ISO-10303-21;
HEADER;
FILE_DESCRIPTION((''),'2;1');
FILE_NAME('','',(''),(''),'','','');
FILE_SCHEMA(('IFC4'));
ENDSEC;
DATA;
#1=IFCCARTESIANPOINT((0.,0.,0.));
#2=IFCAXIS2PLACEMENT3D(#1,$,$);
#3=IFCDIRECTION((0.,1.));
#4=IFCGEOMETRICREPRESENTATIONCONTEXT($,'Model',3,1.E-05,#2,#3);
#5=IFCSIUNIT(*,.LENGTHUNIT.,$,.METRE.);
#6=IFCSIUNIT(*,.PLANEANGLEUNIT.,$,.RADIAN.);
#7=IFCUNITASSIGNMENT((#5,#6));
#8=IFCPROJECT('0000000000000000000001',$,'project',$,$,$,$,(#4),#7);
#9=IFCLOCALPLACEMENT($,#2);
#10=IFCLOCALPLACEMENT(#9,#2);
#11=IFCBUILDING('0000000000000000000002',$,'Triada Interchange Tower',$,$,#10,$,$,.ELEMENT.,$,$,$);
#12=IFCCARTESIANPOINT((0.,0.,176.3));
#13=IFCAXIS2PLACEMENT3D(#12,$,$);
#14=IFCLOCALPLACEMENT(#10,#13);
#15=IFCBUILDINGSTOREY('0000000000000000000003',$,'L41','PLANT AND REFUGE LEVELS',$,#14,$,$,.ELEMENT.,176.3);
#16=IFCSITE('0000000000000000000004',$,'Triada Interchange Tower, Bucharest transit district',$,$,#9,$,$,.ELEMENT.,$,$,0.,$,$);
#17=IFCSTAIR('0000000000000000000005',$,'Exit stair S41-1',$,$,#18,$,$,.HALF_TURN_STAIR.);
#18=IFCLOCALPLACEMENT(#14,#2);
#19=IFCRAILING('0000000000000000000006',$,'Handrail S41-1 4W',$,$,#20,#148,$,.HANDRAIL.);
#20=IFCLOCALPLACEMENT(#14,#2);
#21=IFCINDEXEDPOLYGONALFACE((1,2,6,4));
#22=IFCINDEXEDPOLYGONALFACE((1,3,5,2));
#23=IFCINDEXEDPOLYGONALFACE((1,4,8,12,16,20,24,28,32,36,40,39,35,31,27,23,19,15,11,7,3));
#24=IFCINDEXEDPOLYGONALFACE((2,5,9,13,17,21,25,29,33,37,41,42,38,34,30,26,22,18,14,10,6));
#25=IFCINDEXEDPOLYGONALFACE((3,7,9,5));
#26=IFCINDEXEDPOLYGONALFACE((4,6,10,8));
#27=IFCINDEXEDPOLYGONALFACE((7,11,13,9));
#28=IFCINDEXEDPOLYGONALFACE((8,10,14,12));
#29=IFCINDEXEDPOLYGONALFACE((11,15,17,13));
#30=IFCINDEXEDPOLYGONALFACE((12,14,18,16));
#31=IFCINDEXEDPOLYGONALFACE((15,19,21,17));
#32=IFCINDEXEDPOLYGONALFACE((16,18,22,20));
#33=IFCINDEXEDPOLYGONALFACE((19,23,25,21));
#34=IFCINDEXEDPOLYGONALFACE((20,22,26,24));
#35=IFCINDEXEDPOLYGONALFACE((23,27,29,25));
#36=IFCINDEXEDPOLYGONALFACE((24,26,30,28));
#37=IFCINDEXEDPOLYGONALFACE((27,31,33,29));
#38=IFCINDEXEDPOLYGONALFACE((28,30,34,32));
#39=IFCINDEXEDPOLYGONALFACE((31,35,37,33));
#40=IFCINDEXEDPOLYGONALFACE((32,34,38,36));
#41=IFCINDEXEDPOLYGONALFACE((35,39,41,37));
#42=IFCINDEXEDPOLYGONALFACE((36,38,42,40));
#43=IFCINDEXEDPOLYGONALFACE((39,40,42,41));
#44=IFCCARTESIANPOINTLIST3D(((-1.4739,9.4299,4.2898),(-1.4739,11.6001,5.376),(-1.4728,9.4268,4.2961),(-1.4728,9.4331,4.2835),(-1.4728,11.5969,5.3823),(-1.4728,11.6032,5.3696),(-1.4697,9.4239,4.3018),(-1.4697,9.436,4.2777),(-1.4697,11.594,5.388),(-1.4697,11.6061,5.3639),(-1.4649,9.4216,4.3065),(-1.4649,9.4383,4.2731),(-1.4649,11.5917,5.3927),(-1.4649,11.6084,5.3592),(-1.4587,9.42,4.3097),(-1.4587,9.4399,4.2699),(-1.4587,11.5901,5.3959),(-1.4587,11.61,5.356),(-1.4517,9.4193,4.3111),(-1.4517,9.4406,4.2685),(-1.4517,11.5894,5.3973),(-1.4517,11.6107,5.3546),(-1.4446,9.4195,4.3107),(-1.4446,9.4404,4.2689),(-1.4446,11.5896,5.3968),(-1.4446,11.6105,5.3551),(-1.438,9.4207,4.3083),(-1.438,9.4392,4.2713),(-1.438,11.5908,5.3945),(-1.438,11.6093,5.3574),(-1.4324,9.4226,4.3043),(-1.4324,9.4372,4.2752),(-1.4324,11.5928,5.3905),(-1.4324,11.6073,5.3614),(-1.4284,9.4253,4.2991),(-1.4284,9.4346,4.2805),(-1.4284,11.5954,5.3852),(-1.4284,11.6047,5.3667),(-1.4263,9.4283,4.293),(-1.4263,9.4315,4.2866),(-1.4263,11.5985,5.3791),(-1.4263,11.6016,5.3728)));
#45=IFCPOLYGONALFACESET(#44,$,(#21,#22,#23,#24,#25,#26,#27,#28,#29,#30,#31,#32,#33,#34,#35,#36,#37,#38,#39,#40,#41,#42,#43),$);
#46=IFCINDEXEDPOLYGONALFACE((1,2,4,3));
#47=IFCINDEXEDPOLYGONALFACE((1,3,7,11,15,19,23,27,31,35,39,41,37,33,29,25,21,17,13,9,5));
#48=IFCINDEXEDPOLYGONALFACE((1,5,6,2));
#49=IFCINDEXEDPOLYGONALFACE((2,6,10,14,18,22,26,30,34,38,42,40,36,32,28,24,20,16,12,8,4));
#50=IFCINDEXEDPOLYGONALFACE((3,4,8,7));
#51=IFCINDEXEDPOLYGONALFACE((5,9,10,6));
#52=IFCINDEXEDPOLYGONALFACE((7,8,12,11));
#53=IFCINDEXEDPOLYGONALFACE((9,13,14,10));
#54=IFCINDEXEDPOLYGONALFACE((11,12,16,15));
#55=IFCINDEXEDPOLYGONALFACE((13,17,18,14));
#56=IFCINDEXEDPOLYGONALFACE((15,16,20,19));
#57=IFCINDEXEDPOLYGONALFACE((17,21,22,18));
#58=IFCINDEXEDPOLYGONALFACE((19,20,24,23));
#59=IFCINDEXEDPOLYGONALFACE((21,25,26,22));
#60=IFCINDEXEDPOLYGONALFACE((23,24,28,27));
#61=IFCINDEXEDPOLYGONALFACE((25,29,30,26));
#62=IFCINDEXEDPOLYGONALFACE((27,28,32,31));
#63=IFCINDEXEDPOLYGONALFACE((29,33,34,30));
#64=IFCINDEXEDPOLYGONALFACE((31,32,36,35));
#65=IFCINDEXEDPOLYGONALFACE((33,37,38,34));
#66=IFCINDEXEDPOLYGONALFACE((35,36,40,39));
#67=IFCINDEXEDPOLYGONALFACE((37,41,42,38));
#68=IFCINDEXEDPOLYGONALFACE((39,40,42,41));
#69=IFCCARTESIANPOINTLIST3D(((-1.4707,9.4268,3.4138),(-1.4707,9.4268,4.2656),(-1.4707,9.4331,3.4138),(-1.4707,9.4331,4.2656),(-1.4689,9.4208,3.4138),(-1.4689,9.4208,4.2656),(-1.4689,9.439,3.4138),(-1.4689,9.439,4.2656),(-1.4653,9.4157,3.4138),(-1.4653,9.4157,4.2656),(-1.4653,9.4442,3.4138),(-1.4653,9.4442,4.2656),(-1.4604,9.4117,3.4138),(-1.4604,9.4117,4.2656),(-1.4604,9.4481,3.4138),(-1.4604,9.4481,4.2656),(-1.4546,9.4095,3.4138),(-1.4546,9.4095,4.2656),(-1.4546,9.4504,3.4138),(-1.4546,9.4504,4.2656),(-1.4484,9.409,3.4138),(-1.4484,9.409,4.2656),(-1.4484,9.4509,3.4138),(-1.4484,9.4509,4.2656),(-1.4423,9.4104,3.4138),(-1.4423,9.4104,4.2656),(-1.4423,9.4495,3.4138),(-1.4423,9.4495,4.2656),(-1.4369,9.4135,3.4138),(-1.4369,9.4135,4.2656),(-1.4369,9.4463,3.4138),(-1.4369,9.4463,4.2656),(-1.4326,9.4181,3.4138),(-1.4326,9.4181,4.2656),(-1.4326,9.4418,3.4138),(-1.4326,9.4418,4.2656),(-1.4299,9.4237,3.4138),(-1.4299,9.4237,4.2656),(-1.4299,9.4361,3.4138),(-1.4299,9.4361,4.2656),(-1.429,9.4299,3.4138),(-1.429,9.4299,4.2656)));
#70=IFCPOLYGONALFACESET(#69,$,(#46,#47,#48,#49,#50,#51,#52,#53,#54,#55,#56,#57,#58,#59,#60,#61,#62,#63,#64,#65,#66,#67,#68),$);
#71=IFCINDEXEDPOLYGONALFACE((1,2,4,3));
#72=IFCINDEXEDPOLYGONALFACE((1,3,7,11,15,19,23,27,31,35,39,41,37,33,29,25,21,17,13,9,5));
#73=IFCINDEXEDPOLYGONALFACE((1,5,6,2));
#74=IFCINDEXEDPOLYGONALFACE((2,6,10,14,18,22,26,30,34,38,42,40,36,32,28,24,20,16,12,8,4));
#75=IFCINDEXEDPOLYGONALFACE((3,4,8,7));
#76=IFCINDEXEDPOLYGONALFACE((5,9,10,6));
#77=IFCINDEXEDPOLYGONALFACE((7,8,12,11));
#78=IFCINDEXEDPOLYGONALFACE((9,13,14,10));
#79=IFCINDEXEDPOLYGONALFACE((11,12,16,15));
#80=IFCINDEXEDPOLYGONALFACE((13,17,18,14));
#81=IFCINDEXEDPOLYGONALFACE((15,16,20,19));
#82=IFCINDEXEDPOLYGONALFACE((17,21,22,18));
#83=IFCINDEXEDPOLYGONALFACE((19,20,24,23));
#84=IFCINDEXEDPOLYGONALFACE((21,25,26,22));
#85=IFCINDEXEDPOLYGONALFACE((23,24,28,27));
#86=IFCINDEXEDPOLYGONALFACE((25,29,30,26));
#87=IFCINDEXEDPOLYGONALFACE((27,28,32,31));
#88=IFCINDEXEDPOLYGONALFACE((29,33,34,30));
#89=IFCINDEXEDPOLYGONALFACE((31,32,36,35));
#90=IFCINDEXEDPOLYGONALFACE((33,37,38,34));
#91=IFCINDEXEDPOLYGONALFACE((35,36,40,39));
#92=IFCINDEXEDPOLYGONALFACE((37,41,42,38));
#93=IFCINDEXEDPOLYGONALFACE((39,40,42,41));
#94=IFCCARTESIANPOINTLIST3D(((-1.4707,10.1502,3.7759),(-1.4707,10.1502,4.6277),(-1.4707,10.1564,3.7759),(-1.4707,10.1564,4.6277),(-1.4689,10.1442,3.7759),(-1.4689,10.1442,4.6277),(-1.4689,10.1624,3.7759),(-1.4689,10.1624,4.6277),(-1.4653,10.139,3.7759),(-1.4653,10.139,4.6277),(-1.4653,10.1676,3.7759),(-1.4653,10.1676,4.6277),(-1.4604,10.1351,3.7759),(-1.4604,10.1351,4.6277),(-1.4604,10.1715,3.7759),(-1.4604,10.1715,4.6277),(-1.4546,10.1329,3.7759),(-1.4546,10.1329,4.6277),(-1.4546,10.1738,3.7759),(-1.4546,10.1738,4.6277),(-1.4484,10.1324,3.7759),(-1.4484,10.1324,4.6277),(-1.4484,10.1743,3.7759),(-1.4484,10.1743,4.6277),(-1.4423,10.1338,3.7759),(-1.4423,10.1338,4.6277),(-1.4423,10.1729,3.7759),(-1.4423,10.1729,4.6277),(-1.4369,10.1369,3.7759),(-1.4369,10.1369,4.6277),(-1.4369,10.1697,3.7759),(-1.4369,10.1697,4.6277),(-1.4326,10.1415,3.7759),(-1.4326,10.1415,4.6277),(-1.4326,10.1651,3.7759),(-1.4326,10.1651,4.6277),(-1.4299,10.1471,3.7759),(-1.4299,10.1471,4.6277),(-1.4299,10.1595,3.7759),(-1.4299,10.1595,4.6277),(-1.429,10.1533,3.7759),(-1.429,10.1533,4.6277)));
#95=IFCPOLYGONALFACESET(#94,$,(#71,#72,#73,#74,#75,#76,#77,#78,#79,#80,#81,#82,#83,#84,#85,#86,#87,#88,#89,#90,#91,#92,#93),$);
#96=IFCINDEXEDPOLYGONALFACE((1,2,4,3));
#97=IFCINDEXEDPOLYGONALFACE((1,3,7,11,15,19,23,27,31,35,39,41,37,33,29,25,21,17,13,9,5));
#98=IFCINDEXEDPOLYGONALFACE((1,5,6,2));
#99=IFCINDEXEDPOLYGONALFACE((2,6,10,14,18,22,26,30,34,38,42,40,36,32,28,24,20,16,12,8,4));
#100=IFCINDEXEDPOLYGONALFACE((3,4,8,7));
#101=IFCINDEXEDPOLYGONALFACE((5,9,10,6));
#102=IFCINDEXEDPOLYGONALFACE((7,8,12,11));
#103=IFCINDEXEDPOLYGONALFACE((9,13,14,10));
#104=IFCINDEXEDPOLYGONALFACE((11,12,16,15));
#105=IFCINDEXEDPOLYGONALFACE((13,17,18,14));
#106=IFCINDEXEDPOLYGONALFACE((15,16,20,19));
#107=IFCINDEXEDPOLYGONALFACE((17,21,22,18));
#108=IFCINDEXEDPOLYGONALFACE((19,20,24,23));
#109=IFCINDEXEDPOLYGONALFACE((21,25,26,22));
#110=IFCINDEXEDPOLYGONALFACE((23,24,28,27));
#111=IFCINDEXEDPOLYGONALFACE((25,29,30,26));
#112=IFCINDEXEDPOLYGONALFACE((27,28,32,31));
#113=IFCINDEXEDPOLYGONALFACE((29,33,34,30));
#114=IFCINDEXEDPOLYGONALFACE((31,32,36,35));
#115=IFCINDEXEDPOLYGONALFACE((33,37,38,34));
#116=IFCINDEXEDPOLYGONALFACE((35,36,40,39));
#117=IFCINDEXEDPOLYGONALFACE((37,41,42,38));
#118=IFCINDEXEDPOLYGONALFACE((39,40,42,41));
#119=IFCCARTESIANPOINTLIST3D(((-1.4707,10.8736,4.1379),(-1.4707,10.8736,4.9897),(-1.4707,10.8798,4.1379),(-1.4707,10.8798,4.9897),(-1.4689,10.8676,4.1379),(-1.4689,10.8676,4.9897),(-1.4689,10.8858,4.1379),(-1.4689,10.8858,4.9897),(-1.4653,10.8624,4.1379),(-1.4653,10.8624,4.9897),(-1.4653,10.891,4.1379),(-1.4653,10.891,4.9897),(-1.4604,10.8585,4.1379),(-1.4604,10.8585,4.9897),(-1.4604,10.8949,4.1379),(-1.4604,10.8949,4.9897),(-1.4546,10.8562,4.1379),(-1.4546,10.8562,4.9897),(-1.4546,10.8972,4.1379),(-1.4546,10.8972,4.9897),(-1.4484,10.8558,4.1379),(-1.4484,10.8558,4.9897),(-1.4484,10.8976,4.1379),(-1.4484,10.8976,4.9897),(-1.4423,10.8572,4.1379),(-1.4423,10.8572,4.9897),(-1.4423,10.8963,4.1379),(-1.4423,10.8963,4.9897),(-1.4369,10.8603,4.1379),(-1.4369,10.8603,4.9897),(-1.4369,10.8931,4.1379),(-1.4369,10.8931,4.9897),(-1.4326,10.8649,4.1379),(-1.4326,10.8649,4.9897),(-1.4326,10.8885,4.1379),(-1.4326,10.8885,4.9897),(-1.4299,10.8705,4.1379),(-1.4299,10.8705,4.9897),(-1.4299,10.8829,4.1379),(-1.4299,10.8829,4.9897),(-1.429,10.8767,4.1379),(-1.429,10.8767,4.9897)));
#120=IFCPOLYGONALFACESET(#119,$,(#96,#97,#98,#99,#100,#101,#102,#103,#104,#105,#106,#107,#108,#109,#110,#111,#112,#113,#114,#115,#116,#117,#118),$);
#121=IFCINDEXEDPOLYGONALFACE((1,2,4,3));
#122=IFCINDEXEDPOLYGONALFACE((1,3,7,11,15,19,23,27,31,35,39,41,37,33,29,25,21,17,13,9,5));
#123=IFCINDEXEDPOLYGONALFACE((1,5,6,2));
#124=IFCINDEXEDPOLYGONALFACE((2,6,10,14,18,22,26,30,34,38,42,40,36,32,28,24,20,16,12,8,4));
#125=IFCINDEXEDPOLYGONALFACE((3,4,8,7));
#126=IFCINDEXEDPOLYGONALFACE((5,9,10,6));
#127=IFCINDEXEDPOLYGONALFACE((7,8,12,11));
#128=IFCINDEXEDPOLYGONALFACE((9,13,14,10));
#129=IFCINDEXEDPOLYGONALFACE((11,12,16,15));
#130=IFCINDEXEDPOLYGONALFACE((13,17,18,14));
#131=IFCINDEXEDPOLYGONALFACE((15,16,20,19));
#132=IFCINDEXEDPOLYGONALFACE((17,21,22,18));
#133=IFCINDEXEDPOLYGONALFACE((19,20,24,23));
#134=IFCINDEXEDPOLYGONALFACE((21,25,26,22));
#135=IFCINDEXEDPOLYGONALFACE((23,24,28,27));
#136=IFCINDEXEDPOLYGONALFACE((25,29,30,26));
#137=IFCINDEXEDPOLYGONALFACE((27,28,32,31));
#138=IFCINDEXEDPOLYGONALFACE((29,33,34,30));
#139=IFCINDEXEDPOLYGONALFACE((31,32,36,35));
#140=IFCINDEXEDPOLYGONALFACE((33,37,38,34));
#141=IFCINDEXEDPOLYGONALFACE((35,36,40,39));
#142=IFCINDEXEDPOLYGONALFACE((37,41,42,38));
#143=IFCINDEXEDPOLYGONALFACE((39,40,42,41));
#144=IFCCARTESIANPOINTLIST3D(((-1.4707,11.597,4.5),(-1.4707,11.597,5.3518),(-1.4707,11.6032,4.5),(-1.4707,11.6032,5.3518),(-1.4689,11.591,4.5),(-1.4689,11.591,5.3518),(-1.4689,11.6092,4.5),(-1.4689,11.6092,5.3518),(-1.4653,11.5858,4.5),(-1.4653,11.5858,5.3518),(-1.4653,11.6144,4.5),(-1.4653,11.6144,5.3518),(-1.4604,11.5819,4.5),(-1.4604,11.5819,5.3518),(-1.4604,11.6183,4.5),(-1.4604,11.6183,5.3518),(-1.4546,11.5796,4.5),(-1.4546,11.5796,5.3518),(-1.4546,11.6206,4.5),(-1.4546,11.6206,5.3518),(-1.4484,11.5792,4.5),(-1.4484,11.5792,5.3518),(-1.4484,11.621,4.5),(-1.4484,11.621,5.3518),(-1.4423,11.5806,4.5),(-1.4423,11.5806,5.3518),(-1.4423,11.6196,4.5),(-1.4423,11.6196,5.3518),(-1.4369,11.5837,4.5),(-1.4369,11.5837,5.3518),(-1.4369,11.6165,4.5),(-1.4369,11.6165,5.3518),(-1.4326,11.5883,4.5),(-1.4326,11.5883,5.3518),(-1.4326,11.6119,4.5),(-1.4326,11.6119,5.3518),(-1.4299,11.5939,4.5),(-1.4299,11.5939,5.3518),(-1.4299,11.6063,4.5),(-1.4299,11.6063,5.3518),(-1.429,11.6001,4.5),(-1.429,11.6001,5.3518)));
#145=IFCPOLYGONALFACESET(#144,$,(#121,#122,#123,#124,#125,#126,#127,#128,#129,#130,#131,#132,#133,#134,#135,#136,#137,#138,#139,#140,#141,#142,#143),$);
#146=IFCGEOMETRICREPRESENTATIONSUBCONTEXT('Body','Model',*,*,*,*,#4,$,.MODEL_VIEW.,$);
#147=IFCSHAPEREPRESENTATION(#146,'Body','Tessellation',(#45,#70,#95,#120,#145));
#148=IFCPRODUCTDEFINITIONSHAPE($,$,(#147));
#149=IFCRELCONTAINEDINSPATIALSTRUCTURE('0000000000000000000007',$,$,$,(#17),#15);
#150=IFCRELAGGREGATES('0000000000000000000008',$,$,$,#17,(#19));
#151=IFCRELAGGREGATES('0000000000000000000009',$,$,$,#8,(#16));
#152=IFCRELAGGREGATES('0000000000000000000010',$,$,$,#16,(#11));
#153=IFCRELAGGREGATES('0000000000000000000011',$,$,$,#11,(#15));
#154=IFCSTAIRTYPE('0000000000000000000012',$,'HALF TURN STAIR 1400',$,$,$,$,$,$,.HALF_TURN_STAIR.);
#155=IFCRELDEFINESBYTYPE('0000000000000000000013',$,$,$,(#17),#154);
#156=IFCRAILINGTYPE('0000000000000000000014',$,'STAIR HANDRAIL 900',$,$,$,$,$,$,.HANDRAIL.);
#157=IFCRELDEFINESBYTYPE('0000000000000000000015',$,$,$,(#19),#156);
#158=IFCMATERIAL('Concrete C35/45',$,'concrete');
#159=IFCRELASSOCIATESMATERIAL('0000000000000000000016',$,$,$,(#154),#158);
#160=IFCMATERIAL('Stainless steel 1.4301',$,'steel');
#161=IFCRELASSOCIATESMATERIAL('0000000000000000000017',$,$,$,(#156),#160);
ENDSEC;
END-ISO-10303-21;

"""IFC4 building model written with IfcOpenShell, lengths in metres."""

from ifc_helpers import new_model, si_unit, direction, frame, origin, origin_2d, place, context, subcontext, project, spatial, circle, extrude, material, type_object, element, aggregate, save


model = new_model("IFC4")

# Units and contexts
model_context = context("Model", 3, precision=1e-05, world=origin(), true_north=direction((0.0, 1.0)))
body_context = subcontext(model_context, "Body", "Model", "MODEL_VIEW")
ifc_project = project(units=[si_unit("LENGTHUNIT", "METRE"), si_unit("PLANEANGLEUNIT", "RADIAN")], contexts=[model_context])

# Site, building, storey
site_placement = place(None, origin())
site = spatial("IfcSite", under=ifc_project, at=site_placement, Name="Triada Interchange Tower, Bucharest transit district", CompositionType="ELEMENT", RefElevation=0.0)
building_placement = place(site_placement, origin())
building = spatial("IfcBuilding", under=site, at=building_placement, Name="Triada Interchange Tower", CompositionType="ELEMENT")
storey_placement = place(building_placement, frame((0.0, 0.0, 176.3)))
storey = spatial("IfcBuildingStorey", under=building, at=storey_placement, Name="L41", Description="PLANT AND REFUGE LEVELS", CompositionType="ELEMENT", Elevation=176.3)

# Stair
ifc_material_1 = material(Name="Concrete C35/45", Category="concrete")
stair_type = type_object("IfcStairType", Name="HALF TURN STAIR 1400", PredefinedType="HALF_TURN_STAIR", material=ifc_material_1)
stair_placement = place(storey_placement, origin())
stair = element("IfcStair", 1, at=stair_placement, inside=storey, type_object=stair_type, Name="Exit stair S41-1", PredefinedType="HALF_TURN_STAIR")

# Railing
ifc_material_2 = material(Name="Stainless steel 1.4301", Category="steel")
railing_type = type_object("IfcRailingType", Name="STAIR HANDRAIL 900", PredefinedType="HANDRAIL", material=ifc_material_2)
railing_1_placement = place(storey_placement, frame((-1.45, 9.4299, 3.4138)))
railing_1 = element("IfcRailing", 2, at=railing_1_placement, type_object=railing_type, Name="Handrail S41-1 4W", PredefinedType="HANDRAIL", context=body_context, shape_type="SweptSolid", body=[
    extrude(circle(Radius=0.0239, at=origin_2d()), frame((0.0, 0.0, 0.876), z_axis=(0.0, 0.894246, 0.447576), x_axis=(-1.0, 0.0, 0.0)), (0.0, 0.0, 1.0), 2.4268),
    extrude(circle(Radius=0.021, at=origin_2d()), origin(), (0.0, 0.0, 1.0), 0.8518),
    extrude(circle(Radius=0.021, at=origin_2d()), frame((0.0, 0.7234, 0.3621)), (0.0, 0.0, 1.0), 0.8518),
    extrude(circle(Radius=0.021, at=origin_2d()), frame((0.0, 1.4468, 0.7241)), (0.0, 0.0, 1.0), 0.8518),
    extrude(circle(Radius=0.021, at=origin_2d()), frame((0.0, 2.1702, 1.0862)), (0.0, 0.0, 1.0), 0.8518),
])
aggregate(stair, [railing_1])

save(model, "model.ifc")
